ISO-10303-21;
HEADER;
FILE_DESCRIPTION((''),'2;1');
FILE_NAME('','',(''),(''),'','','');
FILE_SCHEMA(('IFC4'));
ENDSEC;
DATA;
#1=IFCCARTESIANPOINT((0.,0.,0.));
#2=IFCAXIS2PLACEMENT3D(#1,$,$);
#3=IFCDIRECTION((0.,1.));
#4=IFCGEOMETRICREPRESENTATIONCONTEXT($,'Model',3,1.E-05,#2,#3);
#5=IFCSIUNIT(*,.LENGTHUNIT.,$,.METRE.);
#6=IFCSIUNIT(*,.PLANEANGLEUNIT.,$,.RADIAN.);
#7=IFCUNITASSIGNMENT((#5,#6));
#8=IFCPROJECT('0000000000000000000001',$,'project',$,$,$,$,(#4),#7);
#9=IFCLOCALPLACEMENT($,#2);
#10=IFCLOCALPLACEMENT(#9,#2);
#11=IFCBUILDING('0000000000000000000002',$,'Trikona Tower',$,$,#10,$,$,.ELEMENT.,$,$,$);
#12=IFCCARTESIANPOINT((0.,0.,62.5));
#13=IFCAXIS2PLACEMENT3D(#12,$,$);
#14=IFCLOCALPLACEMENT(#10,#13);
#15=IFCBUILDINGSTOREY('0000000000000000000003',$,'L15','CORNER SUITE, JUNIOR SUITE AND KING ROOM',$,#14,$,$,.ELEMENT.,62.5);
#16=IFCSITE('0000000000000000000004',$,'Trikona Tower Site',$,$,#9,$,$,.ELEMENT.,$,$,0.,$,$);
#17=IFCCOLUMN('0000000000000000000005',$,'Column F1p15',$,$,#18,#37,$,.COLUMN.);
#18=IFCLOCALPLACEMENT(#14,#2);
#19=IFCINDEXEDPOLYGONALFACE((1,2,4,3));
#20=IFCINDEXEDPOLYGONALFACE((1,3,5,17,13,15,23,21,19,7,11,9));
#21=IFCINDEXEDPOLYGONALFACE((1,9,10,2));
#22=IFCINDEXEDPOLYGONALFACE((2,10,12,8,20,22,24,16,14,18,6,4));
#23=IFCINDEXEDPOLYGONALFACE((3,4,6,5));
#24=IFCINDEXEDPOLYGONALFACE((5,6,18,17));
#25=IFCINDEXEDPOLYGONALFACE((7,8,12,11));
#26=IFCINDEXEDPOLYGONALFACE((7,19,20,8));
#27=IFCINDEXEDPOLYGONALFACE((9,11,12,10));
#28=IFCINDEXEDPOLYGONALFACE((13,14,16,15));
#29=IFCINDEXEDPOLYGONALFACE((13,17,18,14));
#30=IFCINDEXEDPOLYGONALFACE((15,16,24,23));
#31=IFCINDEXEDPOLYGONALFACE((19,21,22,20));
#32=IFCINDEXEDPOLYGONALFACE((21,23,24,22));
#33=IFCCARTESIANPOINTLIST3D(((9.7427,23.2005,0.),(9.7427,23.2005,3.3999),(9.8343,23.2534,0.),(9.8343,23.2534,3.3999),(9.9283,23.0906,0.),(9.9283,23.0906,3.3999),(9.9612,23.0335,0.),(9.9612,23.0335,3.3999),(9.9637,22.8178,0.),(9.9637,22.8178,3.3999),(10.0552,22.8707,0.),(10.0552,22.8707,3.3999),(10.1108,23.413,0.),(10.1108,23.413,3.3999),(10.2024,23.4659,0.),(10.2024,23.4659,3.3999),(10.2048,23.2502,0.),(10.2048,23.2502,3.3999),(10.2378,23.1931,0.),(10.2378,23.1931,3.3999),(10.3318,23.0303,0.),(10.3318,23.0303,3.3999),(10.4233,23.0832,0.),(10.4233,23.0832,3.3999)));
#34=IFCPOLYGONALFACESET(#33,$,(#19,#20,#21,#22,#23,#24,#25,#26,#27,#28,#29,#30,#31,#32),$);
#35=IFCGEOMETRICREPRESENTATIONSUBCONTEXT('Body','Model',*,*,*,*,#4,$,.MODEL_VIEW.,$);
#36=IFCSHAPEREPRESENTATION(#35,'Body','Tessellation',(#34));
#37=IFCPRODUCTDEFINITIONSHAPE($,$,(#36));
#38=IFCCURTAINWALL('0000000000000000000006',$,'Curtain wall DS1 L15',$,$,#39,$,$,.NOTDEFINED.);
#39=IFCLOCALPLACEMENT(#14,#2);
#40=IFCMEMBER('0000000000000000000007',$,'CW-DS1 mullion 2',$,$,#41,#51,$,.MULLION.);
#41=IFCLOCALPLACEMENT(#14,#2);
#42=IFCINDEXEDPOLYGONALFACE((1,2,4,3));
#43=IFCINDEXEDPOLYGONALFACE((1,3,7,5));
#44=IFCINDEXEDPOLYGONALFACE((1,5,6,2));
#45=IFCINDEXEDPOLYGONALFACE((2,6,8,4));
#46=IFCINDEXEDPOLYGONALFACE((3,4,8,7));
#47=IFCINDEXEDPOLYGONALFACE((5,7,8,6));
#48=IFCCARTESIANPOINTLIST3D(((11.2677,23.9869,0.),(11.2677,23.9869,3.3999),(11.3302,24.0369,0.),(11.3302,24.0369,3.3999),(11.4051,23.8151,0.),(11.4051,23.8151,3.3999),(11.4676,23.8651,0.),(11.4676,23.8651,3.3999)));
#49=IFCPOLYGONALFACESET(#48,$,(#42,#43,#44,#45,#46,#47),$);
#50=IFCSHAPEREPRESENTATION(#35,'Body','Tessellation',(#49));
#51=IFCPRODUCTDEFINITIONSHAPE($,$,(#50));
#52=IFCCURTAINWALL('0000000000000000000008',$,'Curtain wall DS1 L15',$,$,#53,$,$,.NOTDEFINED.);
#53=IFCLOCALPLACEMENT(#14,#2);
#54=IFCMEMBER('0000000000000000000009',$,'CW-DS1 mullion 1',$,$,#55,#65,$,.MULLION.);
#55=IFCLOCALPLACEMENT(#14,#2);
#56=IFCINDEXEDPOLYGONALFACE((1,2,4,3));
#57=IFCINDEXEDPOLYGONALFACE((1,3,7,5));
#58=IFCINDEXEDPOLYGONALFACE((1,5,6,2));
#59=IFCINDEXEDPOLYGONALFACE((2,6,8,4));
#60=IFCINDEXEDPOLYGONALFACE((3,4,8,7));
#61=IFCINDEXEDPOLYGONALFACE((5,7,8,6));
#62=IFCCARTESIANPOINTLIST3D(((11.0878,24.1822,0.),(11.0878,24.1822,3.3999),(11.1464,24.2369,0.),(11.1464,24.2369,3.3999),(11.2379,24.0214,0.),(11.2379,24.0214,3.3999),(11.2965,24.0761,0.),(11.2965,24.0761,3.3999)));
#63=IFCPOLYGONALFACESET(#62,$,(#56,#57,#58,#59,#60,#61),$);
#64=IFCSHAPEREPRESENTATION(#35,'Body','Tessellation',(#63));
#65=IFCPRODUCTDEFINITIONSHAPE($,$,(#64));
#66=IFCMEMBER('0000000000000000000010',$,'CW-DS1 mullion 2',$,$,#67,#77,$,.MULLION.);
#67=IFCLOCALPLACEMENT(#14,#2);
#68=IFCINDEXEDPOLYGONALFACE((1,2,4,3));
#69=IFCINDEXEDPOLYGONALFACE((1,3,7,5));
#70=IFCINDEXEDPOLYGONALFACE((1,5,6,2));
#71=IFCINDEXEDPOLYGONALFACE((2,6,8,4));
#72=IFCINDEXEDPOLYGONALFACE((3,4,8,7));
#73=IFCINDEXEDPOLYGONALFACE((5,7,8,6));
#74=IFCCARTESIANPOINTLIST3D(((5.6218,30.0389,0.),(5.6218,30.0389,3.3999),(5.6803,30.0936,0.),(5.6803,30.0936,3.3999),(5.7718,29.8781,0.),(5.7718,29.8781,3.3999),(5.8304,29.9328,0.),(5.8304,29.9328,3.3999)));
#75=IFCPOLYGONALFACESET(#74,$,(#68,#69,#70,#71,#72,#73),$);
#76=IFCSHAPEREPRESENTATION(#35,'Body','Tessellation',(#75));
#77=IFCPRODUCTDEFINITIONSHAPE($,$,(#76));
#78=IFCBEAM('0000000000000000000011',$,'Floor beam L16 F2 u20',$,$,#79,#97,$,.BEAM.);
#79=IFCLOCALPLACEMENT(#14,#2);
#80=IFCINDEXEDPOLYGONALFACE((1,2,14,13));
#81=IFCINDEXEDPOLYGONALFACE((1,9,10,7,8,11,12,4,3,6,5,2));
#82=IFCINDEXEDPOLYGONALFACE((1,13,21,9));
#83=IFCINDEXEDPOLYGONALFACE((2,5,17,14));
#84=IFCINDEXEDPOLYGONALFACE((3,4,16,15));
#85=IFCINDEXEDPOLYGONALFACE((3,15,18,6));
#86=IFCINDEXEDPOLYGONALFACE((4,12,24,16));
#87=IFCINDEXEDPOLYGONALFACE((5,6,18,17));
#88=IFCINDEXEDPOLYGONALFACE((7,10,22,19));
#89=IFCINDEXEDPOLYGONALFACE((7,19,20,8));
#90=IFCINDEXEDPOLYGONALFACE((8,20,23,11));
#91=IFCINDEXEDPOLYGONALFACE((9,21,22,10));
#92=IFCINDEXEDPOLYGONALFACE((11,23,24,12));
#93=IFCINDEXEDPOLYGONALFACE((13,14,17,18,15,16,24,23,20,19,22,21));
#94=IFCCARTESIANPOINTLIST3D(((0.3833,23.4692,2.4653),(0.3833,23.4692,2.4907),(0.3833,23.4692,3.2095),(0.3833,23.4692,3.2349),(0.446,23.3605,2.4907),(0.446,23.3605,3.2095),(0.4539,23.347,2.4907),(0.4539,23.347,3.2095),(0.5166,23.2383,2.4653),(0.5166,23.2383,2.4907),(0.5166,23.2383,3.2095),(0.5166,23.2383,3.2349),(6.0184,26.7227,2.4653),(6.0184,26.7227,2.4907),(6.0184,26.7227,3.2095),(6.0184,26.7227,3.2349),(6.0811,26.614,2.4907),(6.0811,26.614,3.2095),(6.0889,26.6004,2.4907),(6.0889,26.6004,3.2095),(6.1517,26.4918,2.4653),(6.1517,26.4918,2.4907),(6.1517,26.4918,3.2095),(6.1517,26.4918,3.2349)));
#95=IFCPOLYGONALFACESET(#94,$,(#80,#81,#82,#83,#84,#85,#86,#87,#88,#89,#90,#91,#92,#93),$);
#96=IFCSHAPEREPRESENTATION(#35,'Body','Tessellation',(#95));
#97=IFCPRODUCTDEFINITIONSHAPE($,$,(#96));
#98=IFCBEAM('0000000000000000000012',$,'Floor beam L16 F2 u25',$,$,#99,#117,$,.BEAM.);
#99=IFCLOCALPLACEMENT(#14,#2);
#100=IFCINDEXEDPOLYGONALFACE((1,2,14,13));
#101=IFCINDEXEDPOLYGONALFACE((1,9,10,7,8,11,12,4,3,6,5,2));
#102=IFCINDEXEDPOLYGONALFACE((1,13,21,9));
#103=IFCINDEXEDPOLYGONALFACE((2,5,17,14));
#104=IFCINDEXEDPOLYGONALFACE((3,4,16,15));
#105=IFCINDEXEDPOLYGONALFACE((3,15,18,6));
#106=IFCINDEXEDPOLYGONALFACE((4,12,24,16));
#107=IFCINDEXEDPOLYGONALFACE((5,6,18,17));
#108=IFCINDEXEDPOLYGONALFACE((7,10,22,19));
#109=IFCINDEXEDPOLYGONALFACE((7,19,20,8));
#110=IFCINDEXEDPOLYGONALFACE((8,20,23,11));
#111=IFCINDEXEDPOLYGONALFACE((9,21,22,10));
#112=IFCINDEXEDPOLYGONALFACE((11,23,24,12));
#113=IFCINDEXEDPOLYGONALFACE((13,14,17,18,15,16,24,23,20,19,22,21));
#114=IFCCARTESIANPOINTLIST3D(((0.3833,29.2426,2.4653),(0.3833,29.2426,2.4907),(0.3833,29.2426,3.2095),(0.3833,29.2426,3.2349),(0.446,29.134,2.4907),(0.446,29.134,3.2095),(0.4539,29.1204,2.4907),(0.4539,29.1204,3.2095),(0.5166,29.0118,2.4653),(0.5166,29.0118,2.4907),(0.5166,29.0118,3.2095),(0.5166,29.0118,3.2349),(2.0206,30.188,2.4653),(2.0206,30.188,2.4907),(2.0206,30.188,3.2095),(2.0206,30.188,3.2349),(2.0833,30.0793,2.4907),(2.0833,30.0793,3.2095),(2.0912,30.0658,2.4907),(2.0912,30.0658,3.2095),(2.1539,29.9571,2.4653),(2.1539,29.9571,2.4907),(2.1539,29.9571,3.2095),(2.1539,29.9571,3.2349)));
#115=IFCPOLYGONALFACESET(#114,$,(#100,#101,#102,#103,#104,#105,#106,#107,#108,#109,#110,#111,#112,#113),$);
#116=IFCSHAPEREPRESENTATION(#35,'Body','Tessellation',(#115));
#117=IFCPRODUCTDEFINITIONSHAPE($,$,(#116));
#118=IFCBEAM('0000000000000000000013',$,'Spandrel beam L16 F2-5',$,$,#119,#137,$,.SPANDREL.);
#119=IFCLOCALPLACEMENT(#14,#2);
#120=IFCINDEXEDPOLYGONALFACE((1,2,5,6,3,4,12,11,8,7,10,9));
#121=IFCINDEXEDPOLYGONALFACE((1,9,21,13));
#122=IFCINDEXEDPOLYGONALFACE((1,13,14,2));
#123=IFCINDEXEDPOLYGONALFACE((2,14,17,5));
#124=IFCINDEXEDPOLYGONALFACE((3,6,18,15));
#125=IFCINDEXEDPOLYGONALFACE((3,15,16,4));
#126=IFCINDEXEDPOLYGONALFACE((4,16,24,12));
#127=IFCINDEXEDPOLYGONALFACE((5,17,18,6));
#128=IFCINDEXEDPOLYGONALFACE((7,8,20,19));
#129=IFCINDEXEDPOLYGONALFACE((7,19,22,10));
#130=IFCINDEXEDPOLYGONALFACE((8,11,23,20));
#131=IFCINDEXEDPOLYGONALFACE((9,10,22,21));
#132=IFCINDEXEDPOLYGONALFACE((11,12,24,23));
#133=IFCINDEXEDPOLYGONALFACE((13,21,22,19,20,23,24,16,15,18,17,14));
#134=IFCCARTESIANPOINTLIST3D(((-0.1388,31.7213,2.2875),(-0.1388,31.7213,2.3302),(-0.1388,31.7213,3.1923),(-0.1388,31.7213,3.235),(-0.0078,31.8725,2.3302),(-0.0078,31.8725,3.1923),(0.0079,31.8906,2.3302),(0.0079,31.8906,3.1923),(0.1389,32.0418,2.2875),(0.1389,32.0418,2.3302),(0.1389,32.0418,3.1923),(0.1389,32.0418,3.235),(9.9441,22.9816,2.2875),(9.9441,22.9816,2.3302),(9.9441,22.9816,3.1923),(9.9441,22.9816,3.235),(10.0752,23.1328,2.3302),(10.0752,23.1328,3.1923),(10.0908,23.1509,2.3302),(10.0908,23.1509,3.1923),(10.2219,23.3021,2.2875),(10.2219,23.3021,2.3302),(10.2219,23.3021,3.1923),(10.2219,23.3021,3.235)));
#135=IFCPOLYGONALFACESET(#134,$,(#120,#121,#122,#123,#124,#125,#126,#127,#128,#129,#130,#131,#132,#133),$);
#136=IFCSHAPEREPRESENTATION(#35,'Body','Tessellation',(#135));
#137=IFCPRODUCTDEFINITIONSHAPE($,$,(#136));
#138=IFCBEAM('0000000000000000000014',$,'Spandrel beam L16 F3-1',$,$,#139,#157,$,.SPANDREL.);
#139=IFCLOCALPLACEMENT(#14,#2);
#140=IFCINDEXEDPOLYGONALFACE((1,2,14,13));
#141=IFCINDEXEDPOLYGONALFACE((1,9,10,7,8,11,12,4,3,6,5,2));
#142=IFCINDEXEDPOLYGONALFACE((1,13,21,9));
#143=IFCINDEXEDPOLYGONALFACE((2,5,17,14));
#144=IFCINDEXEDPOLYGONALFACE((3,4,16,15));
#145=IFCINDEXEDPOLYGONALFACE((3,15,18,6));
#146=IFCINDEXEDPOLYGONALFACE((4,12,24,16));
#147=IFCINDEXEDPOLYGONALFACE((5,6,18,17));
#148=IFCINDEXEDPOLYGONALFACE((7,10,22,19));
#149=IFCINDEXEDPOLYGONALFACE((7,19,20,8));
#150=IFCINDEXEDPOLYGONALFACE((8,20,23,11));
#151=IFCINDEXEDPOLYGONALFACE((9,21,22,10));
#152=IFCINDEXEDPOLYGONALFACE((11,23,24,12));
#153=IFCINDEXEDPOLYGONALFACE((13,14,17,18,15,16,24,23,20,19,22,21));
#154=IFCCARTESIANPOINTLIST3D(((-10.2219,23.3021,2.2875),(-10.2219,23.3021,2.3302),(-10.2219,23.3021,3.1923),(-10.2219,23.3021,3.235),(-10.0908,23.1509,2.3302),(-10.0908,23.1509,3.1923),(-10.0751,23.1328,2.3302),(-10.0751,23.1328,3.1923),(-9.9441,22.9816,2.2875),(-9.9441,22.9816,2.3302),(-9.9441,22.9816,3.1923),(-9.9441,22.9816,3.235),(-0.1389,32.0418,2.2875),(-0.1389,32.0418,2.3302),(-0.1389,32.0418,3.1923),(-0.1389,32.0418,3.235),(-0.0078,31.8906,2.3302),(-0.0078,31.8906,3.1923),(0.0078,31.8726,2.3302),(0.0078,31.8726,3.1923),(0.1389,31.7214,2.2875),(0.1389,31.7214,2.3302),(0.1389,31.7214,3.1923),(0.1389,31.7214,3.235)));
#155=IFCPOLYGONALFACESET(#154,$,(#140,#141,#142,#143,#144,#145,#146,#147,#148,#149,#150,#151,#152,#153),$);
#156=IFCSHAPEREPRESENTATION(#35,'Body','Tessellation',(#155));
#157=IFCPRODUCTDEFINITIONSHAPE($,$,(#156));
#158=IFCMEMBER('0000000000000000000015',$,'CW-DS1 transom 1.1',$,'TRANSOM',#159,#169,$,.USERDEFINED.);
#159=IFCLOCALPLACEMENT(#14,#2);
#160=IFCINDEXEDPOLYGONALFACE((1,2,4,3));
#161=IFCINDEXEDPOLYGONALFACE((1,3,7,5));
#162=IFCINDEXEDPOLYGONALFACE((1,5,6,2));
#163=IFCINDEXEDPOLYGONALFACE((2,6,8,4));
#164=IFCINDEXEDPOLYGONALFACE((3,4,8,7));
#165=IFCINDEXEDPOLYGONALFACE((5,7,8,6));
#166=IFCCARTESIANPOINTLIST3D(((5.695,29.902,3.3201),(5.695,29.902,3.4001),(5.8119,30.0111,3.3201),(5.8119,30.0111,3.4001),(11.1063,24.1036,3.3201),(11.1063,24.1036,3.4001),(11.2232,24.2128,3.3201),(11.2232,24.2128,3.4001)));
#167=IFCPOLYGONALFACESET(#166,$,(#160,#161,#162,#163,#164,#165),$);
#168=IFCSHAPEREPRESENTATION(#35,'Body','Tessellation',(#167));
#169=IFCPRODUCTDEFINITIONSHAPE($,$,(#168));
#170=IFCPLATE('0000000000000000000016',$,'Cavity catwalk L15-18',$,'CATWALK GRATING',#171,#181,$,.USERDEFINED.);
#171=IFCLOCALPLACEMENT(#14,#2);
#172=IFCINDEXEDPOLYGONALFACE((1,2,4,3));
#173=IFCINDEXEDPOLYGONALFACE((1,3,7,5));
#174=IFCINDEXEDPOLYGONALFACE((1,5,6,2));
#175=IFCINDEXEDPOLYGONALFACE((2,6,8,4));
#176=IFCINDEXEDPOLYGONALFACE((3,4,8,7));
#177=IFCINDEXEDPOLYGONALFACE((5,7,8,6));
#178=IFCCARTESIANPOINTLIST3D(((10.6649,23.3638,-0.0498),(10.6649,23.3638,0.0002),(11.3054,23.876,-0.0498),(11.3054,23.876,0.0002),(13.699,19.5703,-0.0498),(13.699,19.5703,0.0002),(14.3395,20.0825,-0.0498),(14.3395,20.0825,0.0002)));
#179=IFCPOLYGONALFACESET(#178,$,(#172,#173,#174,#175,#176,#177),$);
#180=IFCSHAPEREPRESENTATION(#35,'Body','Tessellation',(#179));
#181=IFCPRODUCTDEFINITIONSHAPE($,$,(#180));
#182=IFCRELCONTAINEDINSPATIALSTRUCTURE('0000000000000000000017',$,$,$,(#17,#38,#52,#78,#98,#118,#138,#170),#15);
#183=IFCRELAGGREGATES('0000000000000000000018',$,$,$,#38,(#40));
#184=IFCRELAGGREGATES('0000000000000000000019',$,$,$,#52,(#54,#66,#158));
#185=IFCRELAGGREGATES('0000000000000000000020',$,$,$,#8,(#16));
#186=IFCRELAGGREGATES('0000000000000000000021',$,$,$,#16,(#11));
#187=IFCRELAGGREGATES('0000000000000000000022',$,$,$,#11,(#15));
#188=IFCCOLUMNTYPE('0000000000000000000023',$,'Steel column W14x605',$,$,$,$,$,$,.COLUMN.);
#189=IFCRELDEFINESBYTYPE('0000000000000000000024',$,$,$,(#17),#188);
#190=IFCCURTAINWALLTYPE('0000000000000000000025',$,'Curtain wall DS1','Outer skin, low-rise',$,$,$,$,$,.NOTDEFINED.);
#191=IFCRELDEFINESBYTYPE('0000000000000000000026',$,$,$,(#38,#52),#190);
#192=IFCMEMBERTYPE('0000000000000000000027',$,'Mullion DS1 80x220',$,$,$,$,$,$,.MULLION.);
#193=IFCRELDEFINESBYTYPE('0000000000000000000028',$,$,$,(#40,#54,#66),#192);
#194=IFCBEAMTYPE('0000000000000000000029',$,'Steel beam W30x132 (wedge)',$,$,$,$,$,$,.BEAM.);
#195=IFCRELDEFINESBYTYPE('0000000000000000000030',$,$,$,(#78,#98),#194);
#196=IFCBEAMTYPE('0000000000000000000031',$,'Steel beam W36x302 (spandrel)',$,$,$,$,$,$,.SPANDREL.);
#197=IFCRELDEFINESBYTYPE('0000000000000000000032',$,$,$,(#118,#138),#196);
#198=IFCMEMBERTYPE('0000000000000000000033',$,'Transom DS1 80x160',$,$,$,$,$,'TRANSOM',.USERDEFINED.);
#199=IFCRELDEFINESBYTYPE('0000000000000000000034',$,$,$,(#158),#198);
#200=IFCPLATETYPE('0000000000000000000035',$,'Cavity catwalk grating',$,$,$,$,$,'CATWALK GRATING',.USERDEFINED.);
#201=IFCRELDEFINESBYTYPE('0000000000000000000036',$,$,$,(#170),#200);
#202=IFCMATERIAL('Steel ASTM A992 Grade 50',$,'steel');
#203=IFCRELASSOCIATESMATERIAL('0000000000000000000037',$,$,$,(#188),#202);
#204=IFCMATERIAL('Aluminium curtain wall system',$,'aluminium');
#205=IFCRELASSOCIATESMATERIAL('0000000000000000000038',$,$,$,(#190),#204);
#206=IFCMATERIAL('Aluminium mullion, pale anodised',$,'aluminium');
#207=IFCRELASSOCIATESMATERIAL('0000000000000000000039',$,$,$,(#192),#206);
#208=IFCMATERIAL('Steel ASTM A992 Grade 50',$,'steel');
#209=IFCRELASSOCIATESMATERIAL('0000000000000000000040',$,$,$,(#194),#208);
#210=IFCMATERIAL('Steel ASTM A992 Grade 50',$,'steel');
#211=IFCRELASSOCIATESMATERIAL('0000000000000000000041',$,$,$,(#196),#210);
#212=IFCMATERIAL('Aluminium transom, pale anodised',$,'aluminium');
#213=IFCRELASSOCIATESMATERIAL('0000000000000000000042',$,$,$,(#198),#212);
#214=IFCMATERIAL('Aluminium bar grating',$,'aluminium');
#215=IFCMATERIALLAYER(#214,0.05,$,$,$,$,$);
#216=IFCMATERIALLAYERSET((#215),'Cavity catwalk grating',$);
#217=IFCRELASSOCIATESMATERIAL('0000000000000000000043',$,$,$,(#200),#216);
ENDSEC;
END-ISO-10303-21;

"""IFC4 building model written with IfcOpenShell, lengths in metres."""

from ifc_helpers import new_model, si_unit, direction, frame, origin, origin_2d, place, context, subcontext, project, spatial, rectangle, i_section, extrude, material, layer, layer_set, material_profile, profile_set, type_object, element, aggregate, save


model = new_model("IFC4")

# Units and contexts
model_context = context("Model", 3, precision=1e-05, world=origin(), true_north=direction((0.0, 1.0)))
body_context = subcontext(model_context, "Body", "Model", "MODEL_VIEW")
ifc_project = project(units=[si_unit("LENGTHUNIT", "METRE"), si_unit("PLANEANGLEUNIT", "RADIAN")], contexts=[model_context])

# Site, building, storey
site_placement = place(None, origin())
site = spatial("IfcSite", under=ifc_project, at=site_placement, Name="Trikona Tower Site", CompositionType="ELEMENT", RefElevation=0.0)
building_placement = place(site_placement, origin())
building = spatial("IfcBuilding", under=site, at=building_placement, Name="Trikona Tower", CompositionType="ELEMENT")
storey_placement = place(building_placement, frame((0.0, 0.0, 62.5)))
storey = spatial("IfcBuildingStorey", under=building, at=storey_placement, Name="L15", Description="CORNER SUITE, JUNIOR SUITE AND KING ROOM", CompositionType="ELEMENT", Elevation=62.5)

# Column
ifc_material_1 = material(Name="Steel ASTM A992 Grade 50", Category="steel")
ifc_material_profile_1 = material_profile(ifc_material_1, i_section(OverallWidth=0.4419, OverallDepth=0.5308, WebThickness=0.0659, FlangeThickness=0.1057, at=origin_2d()), Name="W14X605")
ifc_profile_set_1 = profile_set([ifc_material_profile_1], Name="Steel ASTM A992 Grade 50")
column_type = type_object("IfcColumnType", Name="Steel column W14x605", PredefinedType="COLUMN", material=ifc_profile_set_1)
column_placement = place(storey_placement, frame((10.083, 23.1418, 0.0), z_axis=(0.0, 0.0, 1.0), x_axis=(-0.5, 0.866025, 0.0)))
element("IfcColumn", 1, at=column_placement, inside=storey, type_object=column_type, Name="Column F1p15", PredefinedType="COLUMN", context=body_context, shape_type="SweptSolid", body=[
    extrude(i_section(OverallWidth=0.4419, OverallDepth=0.5308, WebThickness=0.0659, FlangeThickness=0.1057, at=origin_2d()), origin(), (0.0, 0.0, 1.0), 3.3999),
])

# Curtain wall, member
ifc_material_2 = material(Name="Aluminium curtain wall system", Category="aluminium")
curtain_wall_type = type_object("IfcCurtainWallType", Name="Curtain wall DS1", Description="Outer skin, low-rise", PredefinedType="NOTDEFINED", material=ifc_material_2)
curtain_wall_1_placement = place(storey_placement, origin())
curtain_wall_1 = element("IfcCurtainWall", 2, at=curtain_wall_1_placement, inside=storey, type_object=curtain_wall_type, Name="Curtain wall DS1 L15", PredefinedType="NOTDEFINED")
ifc_material_3 = material(Name="Aluminium mullion, pale anodised", Category="aluminium")
ifc_material_profile_2 = material_profile(ifc_material_3, rectangle(XDim=0.0801, YDim=0.22, at=origin_2d()), Name="MUL-DS1")
ifc_profile_set_2 = profile_set([ifc_material_profile_2], Name="Aluminium mullion, pale anodised")
member_type_1 = type_object("IfcMemberType", Name="Mullion DS1 80x220", PredefinedType="MULLION", material=ifc_profile_set_2)
member_1_placement = place(storey_placement, frame((11.3677, 23.926, 0.0), z_axis=(0.0, 0.0, 1.0), x_axis=(-0.780938, -0.624609, 0.0)))
member_1 = element("IfcMember", 3, at=member_1_placement, type_object=member_type_1, Name="CW-DS1 mullion 2", PredefinedType="MULLION", context=body_context, shape_type="SweptSolid", body=[
    extrude(rectangle(XDim=0.0801, YDim=0.22, at=origin_2d()), origin(), (0.0, 0.0, 1.0), 3.3999),
])

# Curtain wall, members
curtain_wall_2_placement = place(storey_placement, origin())
curtain_wall_2 = element("IfcCurtainWall", 4, at=curtain_wall_2_placement, inside=storey, type_object=curtain_wall_type, Name="Curtain wall DS1 L15", PredefinedType="NOTDEFINED")
member_2_placement = place(storey_placement, frame((11.1921, 24.1292, 0.0), z_axis=(0.0, 0.0, 1.0), x_axis=(-0.731077, -0.682295, 0.0)))
member_2 = element("IfcMember", 5, at=member_2_placement, type_object=member_type_1, Name="CW-DS1 mullion 1", PredefinedType="MULLION", context=body_context, shape_type="SweptSolid", body=[
    extrude(rectangle(XDim=0.0801, YDim=0.22, at=origin_2d()), origin(), (0.0, 0.0, 1.0), 3.3999),
])
member_3_placement = place(storey_placement, frame((5.7261, 29.9858, 0.0), z_axis=(0.0, 0.0, 1.0), x_axis=(-0.731077, -0.682295, 0.0)))
member_3 = element("IfcMember", 6, at=member_3_placement, type_object=member_type_1, Name="CW-DS1 mullion 2", PredefinedType="MULLION", context=body_context, shape_type="SweptSolid", body=[
    extrude(rectangle(XDim=0.0801, YDim=0.22, at=origin_2d()), origin(), (0.0, 0.0, 1.0), 3.3999),
])

# Beams
ifc_material_4 = material(Name="Steel ASTM A992 Grade 50", Category="steel")
ifc_material_profile_3 = material_profile(ifc_material_4, i_section(OverallWidth=0.2666, OverallDepth=0.7695, WebThickness=0.0156, FlangeThickness=0.0254, at=origin_2d()), Name="W30X132")
ifc_profile_set_3 = profile_set([ifc_material_profile_3], Name="Steel ASTM A992 Grade 50")
beam_type_1 = type_object("IfcBeamType", Name="Steel beam W30x132 (wedge)", PredefinedType="BEAM", material=ifc_profile_set_3)
beam_1_placement = place(storey_placement, frame((0.45, 23.3538, 2.8501), z_axis=(0.866023, 0.500005, 0.0), x_axis=(-0.500005, 0.866023, 0.0)))
element("IfcBeam", 7, at=beam_1_placement, inside=storey, type_object=beam_type_1, Name="Floor beam L16 F2 u20", PredefinedType="BEAM", context=body_context, shape_type="SweptSolid", body=[
    extrude(i_section(OverallWidth=0.2666, OverallDepth=0.7695, WebThickness=0.0156, FlangeThickness=0.0254, at=origin_2d()), origin(), (0.0, 0.0, 1.0), 6.5068),
])
beam_2_placement = place(storey_placement, frame((0.45, 29.1272, 2.8501), z_axis=(0.866009, 0.500028, 0.0), x_axis=(-0.500028, 0.866009, 0.0)))
element("IfcBeam", 8, at=beam_2_placement, inside=storey, type_object=beam_type_1, Name="Floor beam L16 F2 u25", PredefinedType="BEAM", context=body_context, shape_type="SweptSolid", body=[
    extrude(i_section(OverallWidth=0.2666, OverallDepth=0.7695, WebThickness=0.0156, FlangeThickness=0.0254, at=origin_2d()), origin(), (0.0, 0.0, 1.0), 1.8906),
])
ifc_material_5 = material(Name="Steel ASTM A992 Grade 50", Category="steel")
ifc_material_profile_4 = material_profile(ifc_material_5, i_section(OverallWidth=0.4241, OverallDepth=0.9475, WebThickness=0.0239, FlangeThickness=0.0427, at=origin_2d()), Name="W36X302")
ifc_profile_set_4 = profile_set([ifc_material_profile_4], Name="Steel ASTM A992 Grade 50")
beam_type_2 = type_object("IfcBeamType", Name="Steel beam W36x302 (spandrel)", PredefinedType="SPANDREL", material=ifc_profile_set_4)
for number, where, z_axis, x_axis, name in (
    (9, (10.083, 23.1418, 2.7612), (-0.755647, 0.654979, 0.0), (-0.654979, -0.755647, 0.0), "Spandrel beam L16 F2-5"),
    (10, (0.0, 31.8816, 2.7612), (-0.755647, -0.654979, 0.0), (0.654979, -0.755647, 0.0), "Spandrel beam L16 F3-1"),
):
    element("IfcBeam", number, at=place(storey_placement, frame(where, z_axis=z_axis, x_axis=x_axis)), inside=storey, type_object=beam_type_2, Name=name, PredefinedType="SPANDREL", context=body_context, shape_type="SweptSolid", body=[
        extrude(i_section(OverallWidth=0.4241, OverallDepth=0.9475, WebThickness=0.0239, FlangeThickness=0.0427, at=origin_2d()), origin(), (0.0, 0.0, 1.0), 13.3435),
    ])

# Member
ifc_material_6 = material(Name="Aluminium transom, pale anodised", Category="aluminium")
ifc_material_profile_5 = material_profile(ifc_material_6, rectangle(XDim=0.1599, YDim=0.0801, at=origin_2d()), Name="TRN-DS1")
ifc_profile_set_5 = profile_set([ifc_material_profile_5], Name="Aluminium transom, pale anodised")
member_type_2 = type_object("IfcMemberType", Name="Transom DS1 80x160", ElementType="TRANSOM", PredefinedType="USERDEFINED", material=ifc_profile_set_5)
member_4_placement = place(storey_placement, frame((11.1648, 24.1582, 3.3601), z_axis=(-0.682291, 0.731081, 0.0), x_axis=(-0.731081, -0.682291, 0.0)))
member_4 = element("IfcMember", 11, at=member_4_placement, type_object=member_type_2, Name="CW-DS1 transom 1.1", ObjectType="TRANSOM", PredefinedType="USERDEFINED", context=body_context, shape_type="SweptSolid", body=[
    extrude(rectangle(XDim=0.1599, YDim=0.0801, at=origin_2d()), origin(), (0.0, 0.0, 1.0), 7.9312),
])

# Plate
ifc_material_7 = material(Name="Aluminium bar grating", Category="aluminium")
ifc_layer_1 = layer(ifc_material_7, 0.05)
ifc_layer_set_1 = layer_set([ifc_layer_1], Name="Cavity catwalk grating")
plate_type_1 = type_object("IfcPlateType", Name="Cavity catwalk grating", ElementType="CATWALK GRATING", PredefinedType="USERDEFINED", material=ifc_layer_set_1)
plate_1_placement = place(storey_placement, frame((12.5022, 21.7231, -0.0498), z_axis=(0.0, 0.0, 1.0), x_axis=(-0.624604, 0.780942, 0.0)))
element("IfcPlate", 12, at=plate_1_placement, inside=storey, type_object=plate_type_1, Name="Cavity catwalk L15-18", ObjectType="CATWALK GRATING", PredefinedType="USERDEFINED", context=body_context, shape_type="SweptSolid", body=[
    extrude(rectangle(XDim=4.8577, YDim=0.8201, at=origin_2d()), origin(), (0.0, 0.0, 1.0), 0.05),
])

aggregate(curtain_wall_1, [member_1])
aggregate(curtain_wall_2, [member_2, member_3, member_4])

save(model, "model.ifc")
